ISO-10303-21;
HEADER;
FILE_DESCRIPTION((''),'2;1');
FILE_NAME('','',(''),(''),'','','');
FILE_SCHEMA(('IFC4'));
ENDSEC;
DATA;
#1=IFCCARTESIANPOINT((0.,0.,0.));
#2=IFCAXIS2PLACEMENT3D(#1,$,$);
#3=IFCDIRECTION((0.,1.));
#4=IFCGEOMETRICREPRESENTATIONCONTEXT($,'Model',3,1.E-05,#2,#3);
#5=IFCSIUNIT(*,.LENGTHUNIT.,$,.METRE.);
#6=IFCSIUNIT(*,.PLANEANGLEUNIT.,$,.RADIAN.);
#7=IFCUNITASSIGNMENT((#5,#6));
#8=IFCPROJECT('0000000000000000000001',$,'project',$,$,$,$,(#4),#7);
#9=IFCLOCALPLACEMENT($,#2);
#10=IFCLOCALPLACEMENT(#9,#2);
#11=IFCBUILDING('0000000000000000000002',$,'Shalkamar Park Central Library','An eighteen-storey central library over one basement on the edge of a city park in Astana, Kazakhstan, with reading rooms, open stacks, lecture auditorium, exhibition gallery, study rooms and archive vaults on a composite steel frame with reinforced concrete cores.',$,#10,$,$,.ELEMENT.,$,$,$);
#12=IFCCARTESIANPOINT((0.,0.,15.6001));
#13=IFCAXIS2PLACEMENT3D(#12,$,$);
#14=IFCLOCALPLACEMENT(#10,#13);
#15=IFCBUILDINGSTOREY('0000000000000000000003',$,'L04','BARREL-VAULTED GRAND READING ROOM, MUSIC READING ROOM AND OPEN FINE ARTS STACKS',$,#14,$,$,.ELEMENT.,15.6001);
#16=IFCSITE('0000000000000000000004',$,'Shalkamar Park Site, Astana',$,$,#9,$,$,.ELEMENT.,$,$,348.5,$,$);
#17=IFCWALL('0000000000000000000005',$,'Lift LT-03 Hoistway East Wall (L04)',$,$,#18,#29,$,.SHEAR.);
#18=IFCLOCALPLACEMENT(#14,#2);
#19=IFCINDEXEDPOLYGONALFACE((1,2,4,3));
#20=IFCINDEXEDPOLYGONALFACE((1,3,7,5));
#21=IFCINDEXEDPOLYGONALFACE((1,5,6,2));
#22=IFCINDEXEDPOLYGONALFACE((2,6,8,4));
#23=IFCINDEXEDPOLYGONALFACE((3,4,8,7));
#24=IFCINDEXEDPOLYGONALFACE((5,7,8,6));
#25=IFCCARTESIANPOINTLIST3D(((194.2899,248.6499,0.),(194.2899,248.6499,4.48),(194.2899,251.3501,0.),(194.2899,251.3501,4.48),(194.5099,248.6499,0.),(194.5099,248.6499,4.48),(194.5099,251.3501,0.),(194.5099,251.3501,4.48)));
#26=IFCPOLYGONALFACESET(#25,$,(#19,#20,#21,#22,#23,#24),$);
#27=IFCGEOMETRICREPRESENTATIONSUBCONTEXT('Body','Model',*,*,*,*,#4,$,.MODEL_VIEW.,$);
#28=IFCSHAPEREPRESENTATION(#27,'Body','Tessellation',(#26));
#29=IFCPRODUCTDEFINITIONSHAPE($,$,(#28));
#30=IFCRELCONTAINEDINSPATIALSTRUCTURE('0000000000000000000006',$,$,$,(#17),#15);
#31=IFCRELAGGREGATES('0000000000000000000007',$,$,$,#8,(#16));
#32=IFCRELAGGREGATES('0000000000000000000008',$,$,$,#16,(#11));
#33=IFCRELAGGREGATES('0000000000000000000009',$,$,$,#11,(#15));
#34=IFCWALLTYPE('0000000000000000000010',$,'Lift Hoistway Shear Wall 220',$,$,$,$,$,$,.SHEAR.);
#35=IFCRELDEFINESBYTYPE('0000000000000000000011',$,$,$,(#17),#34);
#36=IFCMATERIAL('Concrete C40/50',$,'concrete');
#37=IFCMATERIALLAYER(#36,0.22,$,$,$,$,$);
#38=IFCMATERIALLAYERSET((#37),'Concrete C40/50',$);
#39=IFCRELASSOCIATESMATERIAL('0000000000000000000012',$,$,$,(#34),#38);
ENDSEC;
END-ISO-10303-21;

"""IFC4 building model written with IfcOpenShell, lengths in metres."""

from ifc_helpers import new_model, si_unit, direction, frame, frame_2d, origin, place, context, subcontext, project, spatial, rectangle, extrude, material, layer, layer_set, type_object, element, save


model = new_model("IFC4")

# Units and contexts
model_context = context("Model", 3, precision=1e-05, world=origin(), true_north=direction((0.0, 1.0)))
body_context = subcontext(model_context, "Body", "Model", "MODEL_VIEW")
ifc_project = project(units=[si_unit("LENGTHUNIT", "METRE"), si_unit("PLANEANGLEUNIT", "RADIAN")], contexts=[model_context])

# Site, building, storey
site_placement = place(None, origin())
site = spatial("IfcSite", under=ifc_project, at=site_placement, Name="Shalkamar Park Site, Astana", CompositionType="ELEMENT", RefElevation=348.5)
building_placement = place(site_placement, origin())
building = spatial("IfcBuilding", under=site, at=building_placement, Name="Shalkamar Park Central Library", Description="An eighteen-storey central library over one basement on the edge of a city park in Astana, Kazakhstan, with reading rooms, open stacks, lecture auditorium, exhibition gallery, study rooms and archive vaults on a composite steel frame with reinforced concrete cores.", CompositionType="ELEMENT")
storey_placement = place(building_placement, frame((0.0, 0.0, 15.6001)))
storey = spatial("IfcBuildingStorey", under=building, at=storey_placement, Name="L04", Description="BARREL-VAULTED GRAND READING ROOM, MUSIC READING ROOM AND OPEN FINE ARTS STACKS", CompositionType="ELEMENT", Elevation=15.6001)

# Shared definitions
ifc_material_1 = material(Name="Concrete C40/50", Category="concrete")
ifc_layer_1 = layer(ifc_material_1, 0.22)
ifc_layer_set_1 = layer_set([ifc_layer_1], Name="Concrete C40/50")
wall_type_1 = type_object("IfcWallType", Name="Lift Hoistway Shear Wall 220", PredefinedType="SHEAR", material=ifc_layer_set_1)

# Wall
for number, where, z_axis, x_axis, name in (
    (1, (194.3999, 248.6499, 0.0), (0.0, 0.0, 1.0), (0.0, 1.0, 0.0), "Lift LT-03 Hoistway East Wall (L04)"),
):
    element("IfcWall", number, at=place(storey_placement, frame(where, z_axis=z_axis, x_axis=x_axis)), inside=storey, type_object=wall_type_1, Name=name, PredefinedType="SHEAR", context=body_context, shape_type="SweptSolid", body=[
        extrude(rectangle(XDim=2.7002, YDim=0.22, at=frame_2d((1.3501, 0.0))), origin(), (0.0, 0.0, 1.0), 4.48),
    ])

save(model, "model.ifc")
